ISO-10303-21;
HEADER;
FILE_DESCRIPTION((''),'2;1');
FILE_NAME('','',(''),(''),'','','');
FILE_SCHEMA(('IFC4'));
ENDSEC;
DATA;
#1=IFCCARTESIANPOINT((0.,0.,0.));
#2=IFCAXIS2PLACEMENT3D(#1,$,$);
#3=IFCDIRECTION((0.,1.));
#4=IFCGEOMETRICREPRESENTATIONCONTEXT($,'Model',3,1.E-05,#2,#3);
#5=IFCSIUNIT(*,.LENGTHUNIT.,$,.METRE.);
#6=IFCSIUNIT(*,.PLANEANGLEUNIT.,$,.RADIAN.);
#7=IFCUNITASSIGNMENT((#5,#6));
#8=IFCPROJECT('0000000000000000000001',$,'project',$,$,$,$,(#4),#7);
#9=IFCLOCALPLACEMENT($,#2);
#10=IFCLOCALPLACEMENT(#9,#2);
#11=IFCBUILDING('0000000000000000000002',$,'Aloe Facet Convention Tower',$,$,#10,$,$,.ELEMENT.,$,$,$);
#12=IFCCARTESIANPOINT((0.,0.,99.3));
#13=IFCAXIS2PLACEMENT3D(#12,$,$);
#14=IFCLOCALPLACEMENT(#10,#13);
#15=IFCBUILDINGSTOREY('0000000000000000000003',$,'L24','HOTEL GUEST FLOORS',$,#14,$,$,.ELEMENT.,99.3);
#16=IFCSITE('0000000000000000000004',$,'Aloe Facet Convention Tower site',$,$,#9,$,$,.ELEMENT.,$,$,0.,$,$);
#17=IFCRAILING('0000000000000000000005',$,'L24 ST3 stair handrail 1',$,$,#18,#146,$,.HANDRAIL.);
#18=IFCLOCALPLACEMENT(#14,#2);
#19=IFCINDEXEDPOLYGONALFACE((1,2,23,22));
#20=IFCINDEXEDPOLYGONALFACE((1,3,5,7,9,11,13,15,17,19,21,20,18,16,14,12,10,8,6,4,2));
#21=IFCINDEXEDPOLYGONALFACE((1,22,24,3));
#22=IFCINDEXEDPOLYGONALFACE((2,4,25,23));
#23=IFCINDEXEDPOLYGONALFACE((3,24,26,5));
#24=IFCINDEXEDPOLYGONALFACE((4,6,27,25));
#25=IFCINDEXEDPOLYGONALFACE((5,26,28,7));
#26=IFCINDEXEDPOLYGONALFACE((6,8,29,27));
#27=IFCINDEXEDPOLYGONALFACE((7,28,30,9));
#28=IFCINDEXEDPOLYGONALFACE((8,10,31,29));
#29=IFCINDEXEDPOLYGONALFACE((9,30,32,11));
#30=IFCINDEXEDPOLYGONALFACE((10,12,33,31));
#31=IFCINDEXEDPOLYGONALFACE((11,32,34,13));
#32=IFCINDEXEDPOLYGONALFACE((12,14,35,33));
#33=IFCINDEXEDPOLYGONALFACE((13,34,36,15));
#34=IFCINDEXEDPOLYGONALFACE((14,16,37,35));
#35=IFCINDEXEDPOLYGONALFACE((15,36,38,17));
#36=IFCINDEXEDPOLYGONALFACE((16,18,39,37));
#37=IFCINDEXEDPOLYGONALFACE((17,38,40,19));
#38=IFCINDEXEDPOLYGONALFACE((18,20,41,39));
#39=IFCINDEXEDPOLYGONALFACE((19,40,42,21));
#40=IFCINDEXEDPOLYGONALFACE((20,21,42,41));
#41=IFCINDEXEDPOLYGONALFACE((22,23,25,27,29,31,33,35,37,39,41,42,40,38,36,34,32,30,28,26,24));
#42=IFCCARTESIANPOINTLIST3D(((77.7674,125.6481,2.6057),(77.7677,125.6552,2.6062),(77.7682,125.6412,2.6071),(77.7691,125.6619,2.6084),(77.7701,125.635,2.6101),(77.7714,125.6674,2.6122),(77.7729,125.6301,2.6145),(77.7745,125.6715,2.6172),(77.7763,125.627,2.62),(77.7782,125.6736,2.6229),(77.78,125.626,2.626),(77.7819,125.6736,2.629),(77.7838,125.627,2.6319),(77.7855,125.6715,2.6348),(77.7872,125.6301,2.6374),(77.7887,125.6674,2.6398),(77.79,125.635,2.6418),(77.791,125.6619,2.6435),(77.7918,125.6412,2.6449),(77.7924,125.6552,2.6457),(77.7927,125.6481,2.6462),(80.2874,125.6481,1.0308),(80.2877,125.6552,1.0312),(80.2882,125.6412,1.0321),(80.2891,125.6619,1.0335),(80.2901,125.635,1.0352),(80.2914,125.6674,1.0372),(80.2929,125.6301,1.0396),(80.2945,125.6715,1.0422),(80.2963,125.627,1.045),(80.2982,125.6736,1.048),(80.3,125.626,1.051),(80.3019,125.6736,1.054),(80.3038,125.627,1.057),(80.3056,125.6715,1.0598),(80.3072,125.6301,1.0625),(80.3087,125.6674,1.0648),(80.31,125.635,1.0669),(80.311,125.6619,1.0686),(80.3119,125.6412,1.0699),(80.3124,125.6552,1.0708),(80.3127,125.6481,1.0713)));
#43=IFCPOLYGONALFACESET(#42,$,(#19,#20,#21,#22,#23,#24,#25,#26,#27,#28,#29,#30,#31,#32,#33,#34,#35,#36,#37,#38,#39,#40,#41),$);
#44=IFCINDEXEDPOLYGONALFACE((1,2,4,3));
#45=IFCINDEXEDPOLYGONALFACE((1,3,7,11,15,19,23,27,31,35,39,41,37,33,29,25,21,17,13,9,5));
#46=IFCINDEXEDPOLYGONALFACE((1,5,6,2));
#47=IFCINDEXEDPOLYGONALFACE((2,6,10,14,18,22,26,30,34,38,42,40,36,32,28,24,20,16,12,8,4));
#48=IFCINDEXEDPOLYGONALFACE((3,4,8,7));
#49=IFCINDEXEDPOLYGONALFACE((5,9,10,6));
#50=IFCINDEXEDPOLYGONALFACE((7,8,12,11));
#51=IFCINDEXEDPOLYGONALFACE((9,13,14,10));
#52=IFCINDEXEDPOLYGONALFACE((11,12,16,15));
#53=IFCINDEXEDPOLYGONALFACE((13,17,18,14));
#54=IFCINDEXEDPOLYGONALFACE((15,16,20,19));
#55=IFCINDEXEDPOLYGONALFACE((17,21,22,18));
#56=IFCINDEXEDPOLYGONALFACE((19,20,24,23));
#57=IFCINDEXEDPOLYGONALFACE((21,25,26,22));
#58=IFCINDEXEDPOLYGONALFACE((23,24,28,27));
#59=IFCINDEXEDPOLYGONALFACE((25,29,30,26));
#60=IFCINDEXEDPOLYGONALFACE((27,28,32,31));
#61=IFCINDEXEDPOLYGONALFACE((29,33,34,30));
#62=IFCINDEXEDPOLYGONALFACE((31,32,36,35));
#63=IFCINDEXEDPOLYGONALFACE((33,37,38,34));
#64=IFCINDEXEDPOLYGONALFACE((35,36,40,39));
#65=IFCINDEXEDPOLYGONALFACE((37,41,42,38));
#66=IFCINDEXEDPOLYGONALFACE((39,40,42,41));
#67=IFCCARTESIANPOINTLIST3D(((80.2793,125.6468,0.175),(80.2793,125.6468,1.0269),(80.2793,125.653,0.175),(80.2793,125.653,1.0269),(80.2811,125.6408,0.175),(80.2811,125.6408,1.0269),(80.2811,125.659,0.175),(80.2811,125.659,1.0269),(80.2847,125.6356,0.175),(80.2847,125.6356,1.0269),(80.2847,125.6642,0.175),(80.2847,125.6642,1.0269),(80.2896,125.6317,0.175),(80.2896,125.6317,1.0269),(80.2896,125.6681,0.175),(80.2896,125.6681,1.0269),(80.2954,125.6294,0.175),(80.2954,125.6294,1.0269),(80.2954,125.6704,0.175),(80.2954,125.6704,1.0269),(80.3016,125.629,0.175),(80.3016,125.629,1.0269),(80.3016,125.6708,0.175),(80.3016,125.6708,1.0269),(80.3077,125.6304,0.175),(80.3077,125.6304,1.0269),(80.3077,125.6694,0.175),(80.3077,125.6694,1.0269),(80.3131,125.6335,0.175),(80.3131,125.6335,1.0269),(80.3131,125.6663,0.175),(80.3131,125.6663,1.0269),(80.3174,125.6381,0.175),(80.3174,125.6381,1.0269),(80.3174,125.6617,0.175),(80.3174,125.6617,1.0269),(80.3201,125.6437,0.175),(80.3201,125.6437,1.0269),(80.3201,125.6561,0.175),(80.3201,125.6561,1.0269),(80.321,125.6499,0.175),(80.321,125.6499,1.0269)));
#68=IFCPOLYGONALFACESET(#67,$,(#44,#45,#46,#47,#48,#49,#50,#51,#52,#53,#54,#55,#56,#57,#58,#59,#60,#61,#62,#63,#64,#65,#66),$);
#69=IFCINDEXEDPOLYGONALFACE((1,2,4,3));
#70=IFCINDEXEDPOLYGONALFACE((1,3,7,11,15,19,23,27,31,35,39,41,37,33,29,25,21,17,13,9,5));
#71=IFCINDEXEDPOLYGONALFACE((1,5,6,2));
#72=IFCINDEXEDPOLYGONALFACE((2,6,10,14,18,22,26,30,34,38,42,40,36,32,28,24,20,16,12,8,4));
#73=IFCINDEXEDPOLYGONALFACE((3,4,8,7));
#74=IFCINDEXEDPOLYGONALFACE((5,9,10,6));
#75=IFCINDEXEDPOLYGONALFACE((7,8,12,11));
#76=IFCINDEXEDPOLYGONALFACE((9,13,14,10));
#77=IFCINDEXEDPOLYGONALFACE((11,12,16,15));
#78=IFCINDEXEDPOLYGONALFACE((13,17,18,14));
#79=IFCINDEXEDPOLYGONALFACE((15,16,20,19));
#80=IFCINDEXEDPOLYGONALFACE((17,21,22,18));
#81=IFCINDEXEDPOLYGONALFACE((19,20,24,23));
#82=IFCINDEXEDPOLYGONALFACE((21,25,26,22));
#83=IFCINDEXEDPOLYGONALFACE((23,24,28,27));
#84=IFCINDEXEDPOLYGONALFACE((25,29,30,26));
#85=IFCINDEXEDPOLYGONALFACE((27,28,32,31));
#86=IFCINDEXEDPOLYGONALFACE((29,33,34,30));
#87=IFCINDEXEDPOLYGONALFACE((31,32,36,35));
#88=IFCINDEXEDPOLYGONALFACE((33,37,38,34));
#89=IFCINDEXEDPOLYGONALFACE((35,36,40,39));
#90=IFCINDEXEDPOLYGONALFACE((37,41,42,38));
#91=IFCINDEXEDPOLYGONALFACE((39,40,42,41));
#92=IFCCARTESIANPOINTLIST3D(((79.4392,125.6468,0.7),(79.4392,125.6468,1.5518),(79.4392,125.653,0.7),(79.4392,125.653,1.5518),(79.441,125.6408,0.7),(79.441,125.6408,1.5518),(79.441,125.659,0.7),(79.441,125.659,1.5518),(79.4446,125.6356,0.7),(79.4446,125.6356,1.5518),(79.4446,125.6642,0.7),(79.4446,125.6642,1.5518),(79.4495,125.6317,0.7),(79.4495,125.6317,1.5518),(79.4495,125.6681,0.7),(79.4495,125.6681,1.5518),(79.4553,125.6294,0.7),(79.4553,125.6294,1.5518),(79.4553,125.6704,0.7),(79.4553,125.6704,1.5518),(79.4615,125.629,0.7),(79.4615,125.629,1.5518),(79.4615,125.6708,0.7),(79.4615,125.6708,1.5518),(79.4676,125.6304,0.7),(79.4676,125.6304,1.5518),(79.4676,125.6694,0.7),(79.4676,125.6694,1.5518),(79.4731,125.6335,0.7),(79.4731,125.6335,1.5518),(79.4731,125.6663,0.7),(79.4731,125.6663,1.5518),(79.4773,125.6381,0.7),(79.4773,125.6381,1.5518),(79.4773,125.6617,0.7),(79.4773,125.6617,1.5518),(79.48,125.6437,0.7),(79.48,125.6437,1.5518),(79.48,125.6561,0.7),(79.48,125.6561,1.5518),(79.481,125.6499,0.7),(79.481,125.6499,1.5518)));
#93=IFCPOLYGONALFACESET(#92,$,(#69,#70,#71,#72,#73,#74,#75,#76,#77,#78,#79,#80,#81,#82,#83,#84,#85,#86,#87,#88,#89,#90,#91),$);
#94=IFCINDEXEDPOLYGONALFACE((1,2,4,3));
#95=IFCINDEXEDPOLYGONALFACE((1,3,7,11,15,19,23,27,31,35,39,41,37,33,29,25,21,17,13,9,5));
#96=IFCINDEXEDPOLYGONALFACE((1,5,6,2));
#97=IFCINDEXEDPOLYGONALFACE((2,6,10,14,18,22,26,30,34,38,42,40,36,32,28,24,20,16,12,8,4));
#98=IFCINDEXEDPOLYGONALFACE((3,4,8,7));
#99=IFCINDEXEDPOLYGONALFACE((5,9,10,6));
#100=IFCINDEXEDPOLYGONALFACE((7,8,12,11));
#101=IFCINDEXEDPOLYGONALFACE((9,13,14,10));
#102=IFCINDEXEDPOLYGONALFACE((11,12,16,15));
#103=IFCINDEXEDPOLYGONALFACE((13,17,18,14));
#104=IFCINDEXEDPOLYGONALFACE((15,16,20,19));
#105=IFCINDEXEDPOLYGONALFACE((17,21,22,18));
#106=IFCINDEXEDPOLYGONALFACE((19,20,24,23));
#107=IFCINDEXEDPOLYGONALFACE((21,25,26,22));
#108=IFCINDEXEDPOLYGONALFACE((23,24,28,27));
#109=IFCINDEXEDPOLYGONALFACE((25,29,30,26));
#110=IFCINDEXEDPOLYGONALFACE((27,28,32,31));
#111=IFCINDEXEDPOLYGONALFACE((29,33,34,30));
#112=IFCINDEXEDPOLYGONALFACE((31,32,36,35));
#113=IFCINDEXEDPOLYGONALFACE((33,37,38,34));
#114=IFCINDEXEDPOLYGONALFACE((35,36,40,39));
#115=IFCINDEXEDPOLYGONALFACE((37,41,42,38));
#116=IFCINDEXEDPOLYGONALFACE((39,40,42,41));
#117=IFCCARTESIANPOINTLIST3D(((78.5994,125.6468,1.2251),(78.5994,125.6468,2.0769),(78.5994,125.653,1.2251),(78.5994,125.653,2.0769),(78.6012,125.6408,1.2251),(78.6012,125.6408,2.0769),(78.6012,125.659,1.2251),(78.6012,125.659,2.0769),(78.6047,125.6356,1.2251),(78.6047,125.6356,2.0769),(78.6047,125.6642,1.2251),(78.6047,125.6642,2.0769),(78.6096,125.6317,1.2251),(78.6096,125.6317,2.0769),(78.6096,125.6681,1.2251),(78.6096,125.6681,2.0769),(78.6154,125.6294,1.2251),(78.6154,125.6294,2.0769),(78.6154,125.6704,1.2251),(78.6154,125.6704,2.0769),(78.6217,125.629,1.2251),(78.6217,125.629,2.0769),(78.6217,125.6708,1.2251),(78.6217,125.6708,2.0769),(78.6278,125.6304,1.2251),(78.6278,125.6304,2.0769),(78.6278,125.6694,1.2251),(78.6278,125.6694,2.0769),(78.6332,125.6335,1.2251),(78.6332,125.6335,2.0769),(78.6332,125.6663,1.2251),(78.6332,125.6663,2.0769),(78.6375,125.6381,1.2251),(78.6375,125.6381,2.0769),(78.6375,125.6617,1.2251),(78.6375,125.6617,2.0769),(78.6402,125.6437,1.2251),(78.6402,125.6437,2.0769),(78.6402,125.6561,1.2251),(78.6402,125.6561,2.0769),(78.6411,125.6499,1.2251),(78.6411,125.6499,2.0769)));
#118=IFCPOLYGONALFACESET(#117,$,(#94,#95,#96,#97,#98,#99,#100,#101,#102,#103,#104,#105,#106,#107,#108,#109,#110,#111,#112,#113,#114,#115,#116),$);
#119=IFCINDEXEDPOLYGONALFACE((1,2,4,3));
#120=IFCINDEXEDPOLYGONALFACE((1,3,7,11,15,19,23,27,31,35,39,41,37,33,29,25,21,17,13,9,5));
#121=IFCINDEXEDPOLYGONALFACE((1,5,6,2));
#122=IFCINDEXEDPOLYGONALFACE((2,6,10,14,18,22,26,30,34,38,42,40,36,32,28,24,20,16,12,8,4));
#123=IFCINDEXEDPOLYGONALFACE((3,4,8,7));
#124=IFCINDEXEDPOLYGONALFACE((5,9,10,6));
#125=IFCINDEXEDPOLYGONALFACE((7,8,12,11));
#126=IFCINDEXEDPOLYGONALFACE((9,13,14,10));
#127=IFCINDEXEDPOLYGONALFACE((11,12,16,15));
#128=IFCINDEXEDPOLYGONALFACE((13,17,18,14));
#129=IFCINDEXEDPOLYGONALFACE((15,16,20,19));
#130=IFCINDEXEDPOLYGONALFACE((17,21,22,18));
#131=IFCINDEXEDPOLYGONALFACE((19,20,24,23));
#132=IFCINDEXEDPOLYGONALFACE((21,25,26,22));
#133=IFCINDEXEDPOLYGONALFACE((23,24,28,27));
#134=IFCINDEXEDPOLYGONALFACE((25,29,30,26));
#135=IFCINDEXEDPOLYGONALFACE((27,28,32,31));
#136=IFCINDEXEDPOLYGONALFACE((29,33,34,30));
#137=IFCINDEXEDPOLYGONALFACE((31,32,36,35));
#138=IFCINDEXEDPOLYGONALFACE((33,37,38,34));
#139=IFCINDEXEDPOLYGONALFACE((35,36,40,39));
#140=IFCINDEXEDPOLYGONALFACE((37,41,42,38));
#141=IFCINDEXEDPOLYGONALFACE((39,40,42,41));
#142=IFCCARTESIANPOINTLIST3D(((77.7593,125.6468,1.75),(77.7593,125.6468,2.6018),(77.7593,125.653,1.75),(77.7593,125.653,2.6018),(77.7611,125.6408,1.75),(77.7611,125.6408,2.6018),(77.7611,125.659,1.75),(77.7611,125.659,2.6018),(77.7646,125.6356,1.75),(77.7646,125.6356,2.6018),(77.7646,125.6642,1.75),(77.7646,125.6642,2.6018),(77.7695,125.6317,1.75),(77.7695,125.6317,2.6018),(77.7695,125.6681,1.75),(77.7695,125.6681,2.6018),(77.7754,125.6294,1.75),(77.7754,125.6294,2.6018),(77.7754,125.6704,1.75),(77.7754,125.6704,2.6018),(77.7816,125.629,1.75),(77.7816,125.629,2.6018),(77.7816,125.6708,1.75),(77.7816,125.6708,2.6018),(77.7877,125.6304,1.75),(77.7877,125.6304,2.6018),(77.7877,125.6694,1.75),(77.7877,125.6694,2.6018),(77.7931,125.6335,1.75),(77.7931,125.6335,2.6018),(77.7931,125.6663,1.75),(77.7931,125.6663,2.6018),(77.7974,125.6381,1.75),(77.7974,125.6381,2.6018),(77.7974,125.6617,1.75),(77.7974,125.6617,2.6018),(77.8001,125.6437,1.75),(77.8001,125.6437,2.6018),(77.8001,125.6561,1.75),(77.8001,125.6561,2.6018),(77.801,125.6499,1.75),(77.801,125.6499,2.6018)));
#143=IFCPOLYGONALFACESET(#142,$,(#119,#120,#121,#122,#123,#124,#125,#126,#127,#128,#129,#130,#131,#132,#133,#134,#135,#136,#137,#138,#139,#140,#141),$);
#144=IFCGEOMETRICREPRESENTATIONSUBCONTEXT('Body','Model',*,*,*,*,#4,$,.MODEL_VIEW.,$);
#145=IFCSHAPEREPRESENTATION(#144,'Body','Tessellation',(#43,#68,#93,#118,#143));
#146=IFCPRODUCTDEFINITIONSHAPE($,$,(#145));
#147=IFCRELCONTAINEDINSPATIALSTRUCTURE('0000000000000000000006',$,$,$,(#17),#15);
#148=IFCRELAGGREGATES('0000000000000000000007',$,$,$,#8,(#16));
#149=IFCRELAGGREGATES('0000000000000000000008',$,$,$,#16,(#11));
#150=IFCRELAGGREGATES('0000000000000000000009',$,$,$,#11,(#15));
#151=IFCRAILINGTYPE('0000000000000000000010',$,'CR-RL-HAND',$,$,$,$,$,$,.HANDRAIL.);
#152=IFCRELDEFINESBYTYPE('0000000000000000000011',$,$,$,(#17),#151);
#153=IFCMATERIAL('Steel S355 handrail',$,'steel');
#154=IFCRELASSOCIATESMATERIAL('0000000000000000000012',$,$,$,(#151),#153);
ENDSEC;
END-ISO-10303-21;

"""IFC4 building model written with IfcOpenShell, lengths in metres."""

from ifc_helpers import new_model, si_unit, direction, frame, origin, origin_2d, place, context, subcontext, project, spatial, circle, extrude, material, type_object, element, save


model = new_model("IFC4")

# Units and contexts
model_context = context("Model", 3, precision=1e-05, world=origin(), true_north=direction((0.0, 1.0)))
body_context = subcontext(model_context, "Body", "Model", "MODEL_VIEW")
ifc_project = project(units=[si_unit("LENGTHUNIT", "METRE"), si_unit("PLANEANGLEUNIT", "RADIAN")], contexts=[model_context])

# Site, building, storey
site_placement = place(None, origin())
site = spatial("IfcSite", under=ifc_project, at=site_placement, Name="Aloe Facet Convention Tower site", CompositionType="ELEMENT", RefElevation=0.0)
building_placement = place(site_placement, origin())
building = spatial("IfcBuilding", under=site, at=building_placement, Name="Aloe Facet Convention Tower", CompositionType="ELEMENT")
storey_placement = place(building_placement, frame((0.0, 0.0, 99.3)))
storey = spatial("IfcBuildingStorey", under=building, at=storey_placement, Name="L24", Description="HOTEL GUEST FLOORS", CompositionType="ELEMENT", Elevation=99.3)

# Railing
ifc_material_1 = material(Name="Steel S355 handrail", Category="steel")
railing_type = type_object("IfcRailingType", Name="CR-RL-HAND", PredefinedType="HANDRAIL", material=ifc_material_1)
railing_1_placement = place(storey_placement, frame((80.3, 125.6499, 0.175)))
element("IfcRailing", 1, at=railing_1_placement, inside=storey, type_object=railing_type, Name="L24 ST3 stair handrail 1", PredefinedType="HANDRAIL", context=body_context, shape_type="SweptSolid", body=[
    extrude(circle(Radius=0.0239, at=origin_2d()), frame((0.0, 0.0, 0.876), z_axis=(-0.848008, 0.0, 0.529984), x_axis=(0.0, -1.0, 0.0)), (0.0, 0.0, 1.0), 2.9717),
    extrude(circle(Radius=0.021, at=origin_2d()), origin(), (0.0, 0.0, 1.0), 0.8518),
    extrude(circle(Radius=0.021, at=origin_2d()), frame((-0.8401, 0.0, 0.5249)), (0.0, 0.0, 1.0), 0.8518),
    extrude(circle(Radius=0.021, at=origin_2d()), frame((-1.6799, 0.0, 1.05)), (0.0, 0.0, 1.0), 0.8518),
    extrude(circle(Radius=0.021, at=origin_2d()), frame((-2.52, 0.0, 1.575)), (0.0, 0.0, 1.0), 0.8518),
])

save(model, "model.ifc")
